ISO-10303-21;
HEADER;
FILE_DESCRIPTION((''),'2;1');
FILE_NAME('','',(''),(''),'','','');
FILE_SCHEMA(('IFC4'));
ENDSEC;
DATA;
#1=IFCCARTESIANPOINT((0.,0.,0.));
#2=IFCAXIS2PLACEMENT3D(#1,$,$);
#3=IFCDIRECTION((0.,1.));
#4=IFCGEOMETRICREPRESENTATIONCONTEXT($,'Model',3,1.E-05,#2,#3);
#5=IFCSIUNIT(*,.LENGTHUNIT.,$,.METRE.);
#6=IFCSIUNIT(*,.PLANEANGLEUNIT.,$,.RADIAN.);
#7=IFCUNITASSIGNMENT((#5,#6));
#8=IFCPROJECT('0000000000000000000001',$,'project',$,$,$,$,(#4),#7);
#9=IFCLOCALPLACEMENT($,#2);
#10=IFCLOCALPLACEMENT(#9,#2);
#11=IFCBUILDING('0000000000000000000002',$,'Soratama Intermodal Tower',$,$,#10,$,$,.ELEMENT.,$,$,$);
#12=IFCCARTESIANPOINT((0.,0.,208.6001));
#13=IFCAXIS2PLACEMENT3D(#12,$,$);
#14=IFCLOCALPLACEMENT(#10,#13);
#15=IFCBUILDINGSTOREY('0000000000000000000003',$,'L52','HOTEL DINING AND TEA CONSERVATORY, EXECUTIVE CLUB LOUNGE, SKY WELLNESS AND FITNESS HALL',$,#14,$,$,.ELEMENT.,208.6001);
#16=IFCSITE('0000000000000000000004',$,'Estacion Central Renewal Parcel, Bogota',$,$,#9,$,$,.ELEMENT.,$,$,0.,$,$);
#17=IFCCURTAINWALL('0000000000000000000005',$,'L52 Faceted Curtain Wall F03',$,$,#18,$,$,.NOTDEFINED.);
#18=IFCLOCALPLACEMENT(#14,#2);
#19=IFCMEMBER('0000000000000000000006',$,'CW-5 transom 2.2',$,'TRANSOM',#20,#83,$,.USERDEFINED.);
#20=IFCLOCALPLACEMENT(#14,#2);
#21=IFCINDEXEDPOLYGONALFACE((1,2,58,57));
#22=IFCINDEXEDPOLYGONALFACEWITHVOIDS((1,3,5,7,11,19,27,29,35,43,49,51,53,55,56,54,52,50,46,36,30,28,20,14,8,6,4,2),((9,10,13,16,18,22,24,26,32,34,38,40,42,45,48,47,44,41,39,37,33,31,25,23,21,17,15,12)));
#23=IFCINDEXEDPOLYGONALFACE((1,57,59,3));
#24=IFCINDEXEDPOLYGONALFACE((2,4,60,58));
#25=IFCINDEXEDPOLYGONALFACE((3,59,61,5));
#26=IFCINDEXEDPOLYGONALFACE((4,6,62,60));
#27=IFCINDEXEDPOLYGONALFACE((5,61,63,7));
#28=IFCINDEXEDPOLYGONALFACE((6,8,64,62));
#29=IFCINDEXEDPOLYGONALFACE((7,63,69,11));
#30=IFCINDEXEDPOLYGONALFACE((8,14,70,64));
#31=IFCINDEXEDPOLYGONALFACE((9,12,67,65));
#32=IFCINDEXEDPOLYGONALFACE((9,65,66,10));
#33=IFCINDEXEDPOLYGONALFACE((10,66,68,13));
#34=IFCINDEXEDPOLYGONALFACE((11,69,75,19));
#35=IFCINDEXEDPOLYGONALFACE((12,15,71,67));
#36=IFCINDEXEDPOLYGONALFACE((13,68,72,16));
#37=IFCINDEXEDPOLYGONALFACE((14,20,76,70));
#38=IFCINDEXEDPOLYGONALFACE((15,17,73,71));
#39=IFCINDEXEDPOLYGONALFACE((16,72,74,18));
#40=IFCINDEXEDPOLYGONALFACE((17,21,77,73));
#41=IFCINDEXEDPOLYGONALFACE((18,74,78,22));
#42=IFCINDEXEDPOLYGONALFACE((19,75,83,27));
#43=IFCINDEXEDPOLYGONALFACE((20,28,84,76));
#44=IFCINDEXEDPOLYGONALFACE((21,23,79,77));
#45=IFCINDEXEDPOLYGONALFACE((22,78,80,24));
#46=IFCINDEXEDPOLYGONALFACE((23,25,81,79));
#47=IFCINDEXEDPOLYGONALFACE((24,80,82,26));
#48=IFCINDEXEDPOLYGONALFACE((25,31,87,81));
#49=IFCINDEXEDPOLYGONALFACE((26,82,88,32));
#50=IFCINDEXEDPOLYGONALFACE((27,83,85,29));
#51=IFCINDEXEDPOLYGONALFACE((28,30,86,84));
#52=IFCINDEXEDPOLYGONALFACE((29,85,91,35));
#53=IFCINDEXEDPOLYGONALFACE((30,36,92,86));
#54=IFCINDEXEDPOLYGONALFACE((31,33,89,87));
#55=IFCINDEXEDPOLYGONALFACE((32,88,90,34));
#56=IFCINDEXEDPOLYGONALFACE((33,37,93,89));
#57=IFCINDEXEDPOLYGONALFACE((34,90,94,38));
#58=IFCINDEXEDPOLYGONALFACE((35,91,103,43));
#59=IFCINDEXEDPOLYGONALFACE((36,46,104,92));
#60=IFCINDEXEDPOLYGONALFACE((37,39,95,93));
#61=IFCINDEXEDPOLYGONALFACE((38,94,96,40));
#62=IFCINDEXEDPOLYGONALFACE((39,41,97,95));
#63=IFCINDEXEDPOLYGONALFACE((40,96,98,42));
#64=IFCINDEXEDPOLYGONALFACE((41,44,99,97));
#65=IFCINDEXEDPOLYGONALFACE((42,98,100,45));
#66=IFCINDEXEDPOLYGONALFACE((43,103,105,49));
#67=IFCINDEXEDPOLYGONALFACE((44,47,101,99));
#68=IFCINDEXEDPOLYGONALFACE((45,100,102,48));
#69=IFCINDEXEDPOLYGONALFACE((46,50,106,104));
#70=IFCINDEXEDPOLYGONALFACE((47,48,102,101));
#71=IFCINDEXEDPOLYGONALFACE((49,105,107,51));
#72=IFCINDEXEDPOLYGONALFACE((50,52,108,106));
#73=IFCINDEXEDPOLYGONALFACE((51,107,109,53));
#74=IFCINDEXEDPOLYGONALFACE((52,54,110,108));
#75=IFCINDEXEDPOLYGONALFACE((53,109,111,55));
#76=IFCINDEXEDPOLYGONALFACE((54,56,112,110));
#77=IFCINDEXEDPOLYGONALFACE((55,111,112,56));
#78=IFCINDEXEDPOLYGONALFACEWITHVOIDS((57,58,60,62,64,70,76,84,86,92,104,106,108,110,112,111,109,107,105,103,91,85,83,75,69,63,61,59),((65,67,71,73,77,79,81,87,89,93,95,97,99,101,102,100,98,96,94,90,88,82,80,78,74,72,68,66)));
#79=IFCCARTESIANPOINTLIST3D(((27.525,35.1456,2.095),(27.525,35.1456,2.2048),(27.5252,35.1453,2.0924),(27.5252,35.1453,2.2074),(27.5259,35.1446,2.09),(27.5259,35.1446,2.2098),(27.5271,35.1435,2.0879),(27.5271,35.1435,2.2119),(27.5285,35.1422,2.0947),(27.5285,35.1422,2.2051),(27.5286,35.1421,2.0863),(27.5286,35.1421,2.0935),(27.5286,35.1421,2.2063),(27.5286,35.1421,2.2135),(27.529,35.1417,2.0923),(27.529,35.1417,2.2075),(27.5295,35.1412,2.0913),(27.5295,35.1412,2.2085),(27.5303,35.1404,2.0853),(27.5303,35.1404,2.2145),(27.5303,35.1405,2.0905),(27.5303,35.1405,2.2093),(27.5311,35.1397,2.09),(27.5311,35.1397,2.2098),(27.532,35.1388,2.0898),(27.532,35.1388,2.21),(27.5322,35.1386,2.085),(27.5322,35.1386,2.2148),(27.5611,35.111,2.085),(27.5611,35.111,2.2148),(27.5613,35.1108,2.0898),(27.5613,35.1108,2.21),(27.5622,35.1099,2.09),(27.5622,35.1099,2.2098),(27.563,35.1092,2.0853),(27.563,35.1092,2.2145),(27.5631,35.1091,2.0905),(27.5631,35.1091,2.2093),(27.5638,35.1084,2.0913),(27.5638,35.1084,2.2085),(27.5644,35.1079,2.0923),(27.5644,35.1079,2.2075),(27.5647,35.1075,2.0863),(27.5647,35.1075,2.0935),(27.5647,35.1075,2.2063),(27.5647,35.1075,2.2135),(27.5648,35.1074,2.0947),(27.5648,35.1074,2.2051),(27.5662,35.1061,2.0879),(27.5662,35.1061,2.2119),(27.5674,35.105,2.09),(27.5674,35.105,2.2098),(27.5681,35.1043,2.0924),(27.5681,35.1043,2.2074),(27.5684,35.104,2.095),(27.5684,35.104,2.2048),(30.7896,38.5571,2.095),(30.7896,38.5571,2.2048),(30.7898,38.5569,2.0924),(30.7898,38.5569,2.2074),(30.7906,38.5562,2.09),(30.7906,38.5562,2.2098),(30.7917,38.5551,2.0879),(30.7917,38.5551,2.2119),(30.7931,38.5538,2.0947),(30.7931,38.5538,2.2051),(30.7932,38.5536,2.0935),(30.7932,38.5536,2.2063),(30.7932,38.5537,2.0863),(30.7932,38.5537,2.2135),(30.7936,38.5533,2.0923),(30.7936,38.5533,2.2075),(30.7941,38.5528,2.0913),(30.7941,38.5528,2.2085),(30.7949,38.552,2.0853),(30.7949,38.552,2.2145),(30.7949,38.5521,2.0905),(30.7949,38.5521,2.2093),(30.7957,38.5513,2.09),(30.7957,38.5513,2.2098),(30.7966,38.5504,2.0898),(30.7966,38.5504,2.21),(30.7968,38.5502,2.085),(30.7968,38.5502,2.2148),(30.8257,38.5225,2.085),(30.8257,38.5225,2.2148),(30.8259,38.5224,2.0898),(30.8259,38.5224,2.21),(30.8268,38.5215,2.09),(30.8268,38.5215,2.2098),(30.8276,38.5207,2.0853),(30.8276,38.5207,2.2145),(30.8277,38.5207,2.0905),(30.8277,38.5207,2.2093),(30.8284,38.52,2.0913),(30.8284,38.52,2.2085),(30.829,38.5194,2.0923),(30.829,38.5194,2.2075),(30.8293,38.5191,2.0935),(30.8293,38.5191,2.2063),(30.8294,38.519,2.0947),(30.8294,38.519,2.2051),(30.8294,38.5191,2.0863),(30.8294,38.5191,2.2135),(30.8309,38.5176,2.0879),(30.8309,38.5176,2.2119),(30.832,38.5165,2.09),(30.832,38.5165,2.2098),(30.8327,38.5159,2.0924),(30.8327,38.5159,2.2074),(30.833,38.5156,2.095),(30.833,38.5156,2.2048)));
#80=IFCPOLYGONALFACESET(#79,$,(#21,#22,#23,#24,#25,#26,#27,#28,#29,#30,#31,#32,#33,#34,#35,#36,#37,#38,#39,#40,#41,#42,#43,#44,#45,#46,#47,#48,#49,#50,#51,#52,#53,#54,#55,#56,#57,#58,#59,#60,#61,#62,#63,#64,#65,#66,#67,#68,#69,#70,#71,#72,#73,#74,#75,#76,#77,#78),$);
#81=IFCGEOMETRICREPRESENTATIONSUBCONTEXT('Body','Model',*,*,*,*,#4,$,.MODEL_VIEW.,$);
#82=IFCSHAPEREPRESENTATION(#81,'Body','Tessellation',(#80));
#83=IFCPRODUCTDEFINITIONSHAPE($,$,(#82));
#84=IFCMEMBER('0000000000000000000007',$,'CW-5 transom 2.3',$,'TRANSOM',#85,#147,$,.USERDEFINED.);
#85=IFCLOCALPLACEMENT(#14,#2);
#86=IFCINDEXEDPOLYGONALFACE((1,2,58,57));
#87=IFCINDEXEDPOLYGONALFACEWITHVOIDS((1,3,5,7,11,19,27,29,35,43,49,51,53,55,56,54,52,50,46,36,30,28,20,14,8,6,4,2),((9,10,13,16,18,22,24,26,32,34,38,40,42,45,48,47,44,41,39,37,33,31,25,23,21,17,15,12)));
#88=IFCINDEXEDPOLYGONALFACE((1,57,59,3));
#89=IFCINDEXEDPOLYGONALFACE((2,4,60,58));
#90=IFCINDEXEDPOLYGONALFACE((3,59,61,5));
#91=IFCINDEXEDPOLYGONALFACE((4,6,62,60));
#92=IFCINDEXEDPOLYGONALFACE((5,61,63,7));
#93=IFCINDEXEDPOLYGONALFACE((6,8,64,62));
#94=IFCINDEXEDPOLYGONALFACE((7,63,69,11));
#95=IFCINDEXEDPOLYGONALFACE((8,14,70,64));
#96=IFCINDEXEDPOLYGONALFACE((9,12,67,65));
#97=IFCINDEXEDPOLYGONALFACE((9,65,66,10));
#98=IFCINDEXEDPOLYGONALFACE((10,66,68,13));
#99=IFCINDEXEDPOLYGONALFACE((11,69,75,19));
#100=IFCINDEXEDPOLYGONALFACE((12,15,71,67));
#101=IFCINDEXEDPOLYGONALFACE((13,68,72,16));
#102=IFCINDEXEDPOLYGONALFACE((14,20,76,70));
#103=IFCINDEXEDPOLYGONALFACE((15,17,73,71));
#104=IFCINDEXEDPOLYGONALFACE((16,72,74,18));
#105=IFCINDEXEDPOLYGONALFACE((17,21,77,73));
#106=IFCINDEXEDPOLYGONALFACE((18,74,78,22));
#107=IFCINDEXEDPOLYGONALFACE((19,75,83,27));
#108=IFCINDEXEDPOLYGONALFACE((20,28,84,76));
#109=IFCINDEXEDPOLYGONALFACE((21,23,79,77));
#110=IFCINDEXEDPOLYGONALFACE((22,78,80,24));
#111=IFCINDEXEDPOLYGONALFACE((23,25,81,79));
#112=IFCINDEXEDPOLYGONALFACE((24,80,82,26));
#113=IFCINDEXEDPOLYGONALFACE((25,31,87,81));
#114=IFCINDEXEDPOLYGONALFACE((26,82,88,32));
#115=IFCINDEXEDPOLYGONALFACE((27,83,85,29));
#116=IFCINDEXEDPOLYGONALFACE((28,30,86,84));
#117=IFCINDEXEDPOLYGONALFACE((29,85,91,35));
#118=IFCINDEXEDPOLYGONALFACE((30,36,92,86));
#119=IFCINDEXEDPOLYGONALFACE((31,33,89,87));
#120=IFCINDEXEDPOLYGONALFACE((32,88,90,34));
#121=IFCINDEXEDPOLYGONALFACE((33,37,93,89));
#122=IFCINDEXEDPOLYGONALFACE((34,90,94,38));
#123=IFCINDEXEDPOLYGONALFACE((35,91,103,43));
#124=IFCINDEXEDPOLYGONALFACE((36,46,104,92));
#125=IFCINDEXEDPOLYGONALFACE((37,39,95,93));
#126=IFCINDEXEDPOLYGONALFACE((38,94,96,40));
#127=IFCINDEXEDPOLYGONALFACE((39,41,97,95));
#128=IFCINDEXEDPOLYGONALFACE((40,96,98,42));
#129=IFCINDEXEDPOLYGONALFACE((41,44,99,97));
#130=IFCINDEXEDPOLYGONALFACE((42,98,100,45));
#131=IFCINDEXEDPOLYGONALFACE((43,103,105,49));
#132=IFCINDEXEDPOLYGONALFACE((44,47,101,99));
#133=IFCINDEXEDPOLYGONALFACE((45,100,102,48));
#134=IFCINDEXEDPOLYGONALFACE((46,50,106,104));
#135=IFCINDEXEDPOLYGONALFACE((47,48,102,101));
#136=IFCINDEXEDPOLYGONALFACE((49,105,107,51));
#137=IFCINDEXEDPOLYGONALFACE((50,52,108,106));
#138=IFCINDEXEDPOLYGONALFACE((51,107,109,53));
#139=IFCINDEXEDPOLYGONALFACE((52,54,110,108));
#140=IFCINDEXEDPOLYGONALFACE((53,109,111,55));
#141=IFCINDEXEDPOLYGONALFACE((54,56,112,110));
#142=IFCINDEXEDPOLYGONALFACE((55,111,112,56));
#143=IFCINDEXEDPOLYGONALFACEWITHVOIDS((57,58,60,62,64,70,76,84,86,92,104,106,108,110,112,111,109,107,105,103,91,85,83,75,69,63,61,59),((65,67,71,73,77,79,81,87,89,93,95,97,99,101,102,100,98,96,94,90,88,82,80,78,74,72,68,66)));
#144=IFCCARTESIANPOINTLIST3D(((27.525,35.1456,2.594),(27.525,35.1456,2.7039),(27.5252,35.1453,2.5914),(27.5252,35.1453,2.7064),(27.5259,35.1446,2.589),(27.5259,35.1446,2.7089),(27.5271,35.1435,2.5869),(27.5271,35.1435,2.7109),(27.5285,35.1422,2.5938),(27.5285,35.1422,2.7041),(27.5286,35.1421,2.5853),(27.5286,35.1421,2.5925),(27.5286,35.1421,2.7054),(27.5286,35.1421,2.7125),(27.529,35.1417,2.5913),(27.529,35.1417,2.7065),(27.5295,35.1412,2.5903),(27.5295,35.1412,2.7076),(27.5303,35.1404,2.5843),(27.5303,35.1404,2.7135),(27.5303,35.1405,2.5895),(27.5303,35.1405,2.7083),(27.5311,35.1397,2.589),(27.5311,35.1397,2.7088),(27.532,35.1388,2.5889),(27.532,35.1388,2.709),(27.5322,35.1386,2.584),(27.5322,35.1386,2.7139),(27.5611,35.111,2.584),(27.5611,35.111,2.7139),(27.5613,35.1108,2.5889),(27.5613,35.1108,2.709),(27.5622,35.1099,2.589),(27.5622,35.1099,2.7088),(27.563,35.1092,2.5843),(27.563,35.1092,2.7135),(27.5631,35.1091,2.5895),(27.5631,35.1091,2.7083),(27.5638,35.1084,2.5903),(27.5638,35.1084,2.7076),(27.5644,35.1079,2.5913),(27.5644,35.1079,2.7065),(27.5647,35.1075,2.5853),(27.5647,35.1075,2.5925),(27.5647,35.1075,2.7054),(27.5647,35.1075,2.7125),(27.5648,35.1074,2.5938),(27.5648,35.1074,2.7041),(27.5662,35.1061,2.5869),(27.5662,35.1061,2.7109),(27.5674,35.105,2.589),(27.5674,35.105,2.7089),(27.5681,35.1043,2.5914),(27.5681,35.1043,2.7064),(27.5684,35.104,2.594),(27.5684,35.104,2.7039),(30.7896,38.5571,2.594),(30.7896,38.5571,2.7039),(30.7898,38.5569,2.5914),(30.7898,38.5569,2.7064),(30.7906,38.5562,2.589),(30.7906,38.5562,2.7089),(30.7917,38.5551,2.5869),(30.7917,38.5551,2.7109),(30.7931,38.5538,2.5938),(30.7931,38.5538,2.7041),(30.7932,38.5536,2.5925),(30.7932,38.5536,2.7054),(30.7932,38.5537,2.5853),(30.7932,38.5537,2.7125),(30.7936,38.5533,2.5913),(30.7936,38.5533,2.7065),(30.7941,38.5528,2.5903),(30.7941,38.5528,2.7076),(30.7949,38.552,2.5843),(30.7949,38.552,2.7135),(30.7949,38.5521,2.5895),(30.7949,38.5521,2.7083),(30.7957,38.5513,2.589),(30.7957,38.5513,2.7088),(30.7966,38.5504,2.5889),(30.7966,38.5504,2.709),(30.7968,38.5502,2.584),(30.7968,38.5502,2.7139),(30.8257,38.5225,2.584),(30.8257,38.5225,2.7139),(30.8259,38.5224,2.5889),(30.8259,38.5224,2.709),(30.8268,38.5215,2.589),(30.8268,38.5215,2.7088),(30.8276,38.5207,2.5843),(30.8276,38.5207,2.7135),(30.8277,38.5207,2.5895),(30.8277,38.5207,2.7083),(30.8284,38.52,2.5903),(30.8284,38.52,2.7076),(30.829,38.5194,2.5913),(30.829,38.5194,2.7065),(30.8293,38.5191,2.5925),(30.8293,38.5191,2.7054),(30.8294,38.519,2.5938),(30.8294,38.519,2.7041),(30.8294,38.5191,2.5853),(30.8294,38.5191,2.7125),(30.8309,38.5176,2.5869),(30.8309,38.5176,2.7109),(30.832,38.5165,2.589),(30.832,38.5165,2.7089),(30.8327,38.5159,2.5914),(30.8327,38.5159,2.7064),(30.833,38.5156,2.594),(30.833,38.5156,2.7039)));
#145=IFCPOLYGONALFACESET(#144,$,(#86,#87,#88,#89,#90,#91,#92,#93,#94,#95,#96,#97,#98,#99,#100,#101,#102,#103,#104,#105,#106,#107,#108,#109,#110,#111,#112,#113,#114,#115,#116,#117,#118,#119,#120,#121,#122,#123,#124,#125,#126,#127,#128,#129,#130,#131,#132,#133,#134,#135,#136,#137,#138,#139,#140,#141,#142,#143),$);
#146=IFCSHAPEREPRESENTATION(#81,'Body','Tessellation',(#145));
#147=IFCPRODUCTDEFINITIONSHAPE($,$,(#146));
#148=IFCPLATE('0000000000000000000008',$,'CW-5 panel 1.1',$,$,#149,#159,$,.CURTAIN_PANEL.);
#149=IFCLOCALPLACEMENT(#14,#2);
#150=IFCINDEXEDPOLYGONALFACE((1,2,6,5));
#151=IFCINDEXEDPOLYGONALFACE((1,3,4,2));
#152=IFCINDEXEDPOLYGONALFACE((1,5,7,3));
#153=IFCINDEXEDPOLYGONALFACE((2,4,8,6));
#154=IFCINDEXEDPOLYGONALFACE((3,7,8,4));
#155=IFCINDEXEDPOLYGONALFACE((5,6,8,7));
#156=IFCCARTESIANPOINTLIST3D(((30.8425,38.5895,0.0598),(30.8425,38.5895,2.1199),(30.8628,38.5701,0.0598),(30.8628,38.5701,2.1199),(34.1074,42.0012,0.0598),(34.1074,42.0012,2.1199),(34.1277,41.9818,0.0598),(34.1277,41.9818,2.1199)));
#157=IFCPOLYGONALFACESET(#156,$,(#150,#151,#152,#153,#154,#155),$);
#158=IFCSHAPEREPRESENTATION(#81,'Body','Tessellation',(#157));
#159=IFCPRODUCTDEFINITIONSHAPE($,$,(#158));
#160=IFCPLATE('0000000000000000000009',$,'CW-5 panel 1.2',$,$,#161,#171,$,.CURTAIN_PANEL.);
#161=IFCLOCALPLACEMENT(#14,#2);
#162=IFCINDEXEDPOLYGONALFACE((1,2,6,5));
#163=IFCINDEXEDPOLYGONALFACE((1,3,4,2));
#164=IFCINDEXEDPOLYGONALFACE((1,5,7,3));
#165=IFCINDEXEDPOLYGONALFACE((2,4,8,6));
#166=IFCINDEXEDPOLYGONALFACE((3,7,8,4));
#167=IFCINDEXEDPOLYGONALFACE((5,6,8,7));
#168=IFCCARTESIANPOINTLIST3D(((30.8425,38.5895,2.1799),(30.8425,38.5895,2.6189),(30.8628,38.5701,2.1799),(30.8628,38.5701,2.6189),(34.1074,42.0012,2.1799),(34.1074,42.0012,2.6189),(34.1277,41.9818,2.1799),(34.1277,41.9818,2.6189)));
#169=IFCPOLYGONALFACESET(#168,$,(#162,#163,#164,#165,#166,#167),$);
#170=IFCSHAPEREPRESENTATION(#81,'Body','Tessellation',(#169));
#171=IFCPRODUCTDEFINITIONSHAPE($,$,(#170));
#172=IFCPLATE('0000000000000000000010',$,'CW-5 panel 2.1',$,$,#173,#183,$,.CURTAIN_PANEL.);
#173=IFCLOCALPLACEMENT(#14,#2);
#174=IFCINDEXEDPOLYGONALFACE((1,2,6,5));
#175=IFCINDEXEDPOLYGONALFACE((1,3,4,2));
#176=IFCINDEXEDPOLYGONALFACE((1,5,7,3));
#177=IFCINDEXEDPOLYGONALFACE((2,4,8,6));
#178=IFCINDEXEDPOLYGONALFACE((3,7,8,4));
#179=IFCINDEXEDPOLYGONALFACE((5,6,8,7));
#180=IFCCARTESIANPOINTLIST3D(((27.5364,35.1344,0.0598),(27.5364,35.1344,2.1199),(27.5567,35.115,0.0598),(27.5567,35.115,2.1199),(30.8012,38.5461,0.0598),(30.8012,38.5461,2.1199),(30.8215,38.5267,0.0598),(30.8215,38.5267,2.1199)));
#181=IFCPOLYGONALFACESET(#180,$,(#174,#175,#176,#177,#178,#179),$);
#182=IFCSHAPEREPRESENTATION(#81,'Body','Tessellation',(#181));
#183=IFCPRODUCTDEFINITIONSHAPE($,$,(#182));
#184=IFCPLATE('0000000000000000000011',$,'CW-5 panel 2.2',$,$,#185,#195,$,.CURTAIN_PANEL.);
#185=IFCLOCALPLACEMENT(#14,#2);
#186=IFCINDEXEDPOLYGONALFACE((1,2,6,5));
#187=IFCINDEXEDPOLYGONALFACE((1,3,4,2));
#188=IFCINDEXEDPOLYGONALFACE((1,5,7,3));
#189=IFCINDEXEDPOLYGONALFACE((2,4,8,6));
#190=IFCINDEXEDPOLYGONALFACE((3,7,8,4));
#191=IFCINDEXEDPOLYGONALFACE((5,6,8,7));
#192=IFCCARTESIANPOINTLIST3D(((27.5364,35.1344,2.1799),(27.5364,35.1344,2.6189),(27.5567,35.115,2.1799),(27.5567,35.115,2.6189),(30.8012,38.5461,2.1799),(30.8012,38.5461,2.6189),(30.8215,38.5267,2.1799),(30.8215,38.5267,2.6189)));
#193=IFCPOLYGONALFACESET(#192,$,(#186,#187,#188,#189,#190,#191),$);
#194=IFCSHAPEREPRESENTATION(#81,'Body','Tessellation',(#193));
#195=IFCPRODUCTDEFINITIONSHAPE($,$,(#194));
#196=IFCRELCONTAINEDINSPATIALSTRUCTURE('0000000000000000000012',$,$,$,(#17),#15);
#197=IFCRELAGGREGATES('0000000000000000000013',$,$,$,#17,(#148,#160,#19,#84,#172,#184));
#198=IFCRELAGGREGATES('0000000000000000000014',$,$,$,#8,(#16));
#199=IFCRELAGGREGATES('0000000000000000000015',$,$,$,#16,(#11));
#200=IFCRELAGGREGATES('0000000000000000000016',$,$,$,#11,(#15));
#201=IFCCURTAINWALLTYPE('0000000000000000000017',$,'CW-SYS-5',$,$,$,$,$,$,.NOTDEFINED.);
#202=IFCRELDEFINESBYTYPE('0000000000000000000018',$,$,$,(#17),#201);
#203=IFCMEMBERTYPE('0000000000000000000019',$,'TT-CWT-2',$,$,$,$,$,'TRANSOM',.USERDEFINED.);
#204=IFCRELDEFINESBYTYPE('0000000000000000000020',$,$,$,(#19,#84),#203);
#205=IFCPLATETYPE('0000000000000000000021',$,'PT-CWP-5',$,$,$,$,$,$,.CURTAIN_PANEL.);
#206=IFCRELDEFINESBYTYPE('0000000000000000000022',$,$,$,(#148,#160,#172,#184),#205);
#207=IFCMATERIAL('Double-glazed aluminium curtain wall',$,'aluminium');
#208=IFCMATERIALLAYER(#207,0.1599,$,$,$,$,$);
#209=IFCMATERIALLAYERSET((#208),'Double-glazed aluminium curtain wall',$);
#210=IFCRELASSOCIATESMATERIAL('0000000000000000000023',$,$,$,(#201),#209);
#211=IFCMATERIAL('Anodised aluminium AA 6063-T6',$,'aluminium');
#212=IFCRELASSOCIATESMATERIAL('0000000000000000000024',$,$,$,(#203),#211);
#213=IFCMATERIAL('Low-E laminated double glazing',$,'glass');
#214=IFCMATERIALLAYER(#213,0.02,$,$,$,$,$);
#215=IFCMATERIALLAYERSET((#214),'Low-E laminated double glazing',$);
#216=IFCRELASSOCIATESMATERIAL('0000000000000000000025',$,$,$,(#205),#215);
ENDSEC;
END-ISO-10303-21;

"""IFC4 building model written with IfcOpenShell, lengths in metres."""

from ifc_helpers import new_model, si_unit, direction, frame, origin, origin_2d, place, context, subcontext, project, spatial, rectangle, hollow_rectangle, extrude, material, layer, layer_set, material_profile, profile_set, type_object, element, aggregate, save


model = new_model("IFC4")

# Units and contexts
model_context = context("Model", 3, precision=1e-05, world=origin(), true_north=direction((0.0, 1.0)))
body_context = subcontext(model_context, "Body", "Model", "MODEL_VIEW")
ifc_project = project(units=[si_unit("LENGTHUNIT", "METRE"), si_unit("PLANEANGLEUNIT", "RADIAN")], contexts=[model_context])

# Site, building, storey
site_placement = place(None, origin())
site = spatial("IfcSite", under=ifc_project, at=site_placement, Name="Estacion Central Renewal Parcel, Bogota", CompositionType="ELEMENT", RefElevation=0.0)
building_placement = place(site_placement, origin())
building = spatial("IfcBuilding", under=site, at=building_placement, Name="Soratama Intermodal Tower", CompositionType="ELEMENT")
storey_placement = place(building_placement, frame((0.0, 0.0, 208.6001)))
storey = spatial("IfcBuildingStorey", under=building, at=storey_placement, Name="L52", Description="HOTEL DINING AND TEA CONSERVATORY, EXECUTIVE CLUB LOUNGE, SKY WELLNESS AND FITNESS HALL", CompositionType="ELEMENT", Elevation=208.6001)

# Curtain wall, members, plates
ifc_material_1 = material(Name="Double-glazed aluminium curtain wall", Category="aluminium")
ifc_layer_1 = layer(ifc_material_1, 0.1599)
ifc_layer_set_1 = layer_set([ifc_layer_1], Name="Double-glazed aluminium curtain wall")
curtain_wall_type = type_object("IfcCurtainWallType", Name="CW-SYS-5", PredefinedType="NOTDEFINED", material=ifc_layer_set_1)
curtain_wall_placement = place(storey_placement, origin())
curtain_wall = element("IfcCurtainWall", 1, at=curtain_wall_placement, inside=storey, type_object=curtain_wall_type, Name="L52 Faceted Curtain Wall F03", PredefinedType="NOTDEFINED")
ifc_material_2 = material(Name="Anodised aluminium AA 6063-T6", Category="aluminium")
ifc_material_profile_1 = material_profile(ifc_material_2, hollow_rectangle(XDim=0.0601, YDim=0.1299, WallThickness=0.0049, InnerFilletRadius=0.0049, OuterFilletRadius=0.01, at=origin_2d()), Name="CWT130X60X5")
ifc_profile_set_1 = profile_set([ifc_material_profile_1], Name="Anodised aluminium AA 6063-T6")
member_type_1 = type_object("IfcMemberType", Name="TT-CWT-2", ElementType="TRANSOM", PredefinedType="USERDEFINED", material=ifc_profile_set_1)
member_1_placement = place(storey_placement, frame((30.8113, 38.5364, 2.1499), z_axis=(-0.691373, -0.722498, 0.0), x_axis=(0.722498, -0.691373, 0.0)))
member_1 = element("IfcMember", 2, at=member_1_placement, type_object=member_type_1, Name="CW-5 transom 2.2", ObjectType="TRANSOM", PredefinedType="USERDEFINED", context=body_context, shape_type="SweptSolid", body=[
    extrude(hollow_rectangle(XDim=0.0601, YDim=0.1299, WallThickness=0.0049, InnerFilletRadius=0.0049, OuterFilletRadius=0.01, at=origin_2d()), origin(), (0.0, 0.0, 1.0), 4.7219),
])
member_2_placement = place(storey_placement, frame((30.8113, 38.5364, 2.6489), z_axis=(-0.691373, -0.722498, 0.0), x_axis=(0.722498, -0.691373, 0.0)))
member_2 = element("IfcMember", 3, at=member_2_placement, type_object=member_type_1, Name="CW-5 transom 2.3", ObjectType="TRANSOM", PredefinedType="USERDEFINED", context=body_context, shape_type="SweptSolid", body=[
    extrude(hollow_rectangle(XDim=0.0601, YDim=0.1299, WallThickness=0.0049, InnerFilletRadius=0.0049, OuterFilletRadius=0.01, at=origin_2d()), origin(), (0.0, 0.0, 1.0), 4.7219),
])
ifc_material_3 = material(Name="Low-E laminated double glazing", Category="glass")
ifc_layer_2 = layer(ifc_material_3, 0.02)
ifc_layer_set_2 = layer_set([ifc_layer_2], Name="Low-E laminated double glazing")
plate_type = type_object("IfcPlateType", Name="PT-CWP-5", PredefinedType="CURTAIN_PANEL", material=ifc_layer_set_2)
plate_1_placement = place(storey_placement, frame((32.4851, 40.2856, 0.0598), z_axis=(0.0, 0.0, 1.0), x_axis=(-0.691386, -0.722485, 0.0)))
plate_1 = element("IfcPlate", 4, at=plate_1_placement, type_object=plate_type, Name="CW-5 panel 1.1", PredefinedType="CURTAIN_PANEL", context=body_context, shape_type="SweptSolid", body=[
    extrude(rectangle(XDim=4.7222, YDim=0.0281, at=origin_2d()), origin(), (0.0, 0.0, 1.0), 2.0601),
])
plate_2_placement = place(storey_placement, frame((32.4851, 40.2856, 2.1799), z_axis=(0.0, 0.0, 1.0), x_axis=(-0.691386, -0.722485, 0.0)))
plate_2 = element("IfcPlate", 5, at=plate_2_placement, type_object=plate_type, Name="CW-5 panel 1.2", PredefinedType="CURTAIN_PANEL", context=body_context, shape_type="SweptSolid", body=[
    extrude(rectangle(XDim=4.7222, YDim=0.0281, at=origin_2d()), origin(), (0.0, 0.0, 1.0), 0.439),
])
plate_3_placement = place(storey_placement, frame((29.179, 36.8306, 0.0598), z_axis=(0.0, 0.0, 1.0), x_axis=(-0.691386, -0.722485, 0.0)))
plate_3 = element("IfcPlate", 6, at=plate_3_placement, type_object=plate_type, Name="CW-5 panel 2.1", PredefinedType="CURTAIN_PANEL", context=body_context, shape_type="SweptSolid", body=[
    extrude(rectangle(XDim=4.7222, YDim=0.0281, at=origin_2d()), origin(), (0.0, 0.0, 1.0), 2.0601),
])
plate_4_placement = place(storey_placement, frame((29.179, 36.8306, 2.1799), z_axis=(0.0, 0.0, 1.0), x_axis=(-0.691386, -0.722485, 0.0)))
plate_4 = element("IfcPlate", 7, at=plate_4_placement, type_object=plate_type, Name="CW-5 panel 2.2", PredefinedType="CURTAIN_PANEL", context=body_context, shape_type="SweptSolid", body=[
    extrude(rectangle(XDim=4.7222, YDim=0.0281, at=origin_2d()), origin(), (0.0, 0.0, 1.0), 0.439),
])
aggregate(curtain_wall, [plate_1, plate_2, member_1, member_2, plate_3, plate_4])

save(model, "model.ifc")
